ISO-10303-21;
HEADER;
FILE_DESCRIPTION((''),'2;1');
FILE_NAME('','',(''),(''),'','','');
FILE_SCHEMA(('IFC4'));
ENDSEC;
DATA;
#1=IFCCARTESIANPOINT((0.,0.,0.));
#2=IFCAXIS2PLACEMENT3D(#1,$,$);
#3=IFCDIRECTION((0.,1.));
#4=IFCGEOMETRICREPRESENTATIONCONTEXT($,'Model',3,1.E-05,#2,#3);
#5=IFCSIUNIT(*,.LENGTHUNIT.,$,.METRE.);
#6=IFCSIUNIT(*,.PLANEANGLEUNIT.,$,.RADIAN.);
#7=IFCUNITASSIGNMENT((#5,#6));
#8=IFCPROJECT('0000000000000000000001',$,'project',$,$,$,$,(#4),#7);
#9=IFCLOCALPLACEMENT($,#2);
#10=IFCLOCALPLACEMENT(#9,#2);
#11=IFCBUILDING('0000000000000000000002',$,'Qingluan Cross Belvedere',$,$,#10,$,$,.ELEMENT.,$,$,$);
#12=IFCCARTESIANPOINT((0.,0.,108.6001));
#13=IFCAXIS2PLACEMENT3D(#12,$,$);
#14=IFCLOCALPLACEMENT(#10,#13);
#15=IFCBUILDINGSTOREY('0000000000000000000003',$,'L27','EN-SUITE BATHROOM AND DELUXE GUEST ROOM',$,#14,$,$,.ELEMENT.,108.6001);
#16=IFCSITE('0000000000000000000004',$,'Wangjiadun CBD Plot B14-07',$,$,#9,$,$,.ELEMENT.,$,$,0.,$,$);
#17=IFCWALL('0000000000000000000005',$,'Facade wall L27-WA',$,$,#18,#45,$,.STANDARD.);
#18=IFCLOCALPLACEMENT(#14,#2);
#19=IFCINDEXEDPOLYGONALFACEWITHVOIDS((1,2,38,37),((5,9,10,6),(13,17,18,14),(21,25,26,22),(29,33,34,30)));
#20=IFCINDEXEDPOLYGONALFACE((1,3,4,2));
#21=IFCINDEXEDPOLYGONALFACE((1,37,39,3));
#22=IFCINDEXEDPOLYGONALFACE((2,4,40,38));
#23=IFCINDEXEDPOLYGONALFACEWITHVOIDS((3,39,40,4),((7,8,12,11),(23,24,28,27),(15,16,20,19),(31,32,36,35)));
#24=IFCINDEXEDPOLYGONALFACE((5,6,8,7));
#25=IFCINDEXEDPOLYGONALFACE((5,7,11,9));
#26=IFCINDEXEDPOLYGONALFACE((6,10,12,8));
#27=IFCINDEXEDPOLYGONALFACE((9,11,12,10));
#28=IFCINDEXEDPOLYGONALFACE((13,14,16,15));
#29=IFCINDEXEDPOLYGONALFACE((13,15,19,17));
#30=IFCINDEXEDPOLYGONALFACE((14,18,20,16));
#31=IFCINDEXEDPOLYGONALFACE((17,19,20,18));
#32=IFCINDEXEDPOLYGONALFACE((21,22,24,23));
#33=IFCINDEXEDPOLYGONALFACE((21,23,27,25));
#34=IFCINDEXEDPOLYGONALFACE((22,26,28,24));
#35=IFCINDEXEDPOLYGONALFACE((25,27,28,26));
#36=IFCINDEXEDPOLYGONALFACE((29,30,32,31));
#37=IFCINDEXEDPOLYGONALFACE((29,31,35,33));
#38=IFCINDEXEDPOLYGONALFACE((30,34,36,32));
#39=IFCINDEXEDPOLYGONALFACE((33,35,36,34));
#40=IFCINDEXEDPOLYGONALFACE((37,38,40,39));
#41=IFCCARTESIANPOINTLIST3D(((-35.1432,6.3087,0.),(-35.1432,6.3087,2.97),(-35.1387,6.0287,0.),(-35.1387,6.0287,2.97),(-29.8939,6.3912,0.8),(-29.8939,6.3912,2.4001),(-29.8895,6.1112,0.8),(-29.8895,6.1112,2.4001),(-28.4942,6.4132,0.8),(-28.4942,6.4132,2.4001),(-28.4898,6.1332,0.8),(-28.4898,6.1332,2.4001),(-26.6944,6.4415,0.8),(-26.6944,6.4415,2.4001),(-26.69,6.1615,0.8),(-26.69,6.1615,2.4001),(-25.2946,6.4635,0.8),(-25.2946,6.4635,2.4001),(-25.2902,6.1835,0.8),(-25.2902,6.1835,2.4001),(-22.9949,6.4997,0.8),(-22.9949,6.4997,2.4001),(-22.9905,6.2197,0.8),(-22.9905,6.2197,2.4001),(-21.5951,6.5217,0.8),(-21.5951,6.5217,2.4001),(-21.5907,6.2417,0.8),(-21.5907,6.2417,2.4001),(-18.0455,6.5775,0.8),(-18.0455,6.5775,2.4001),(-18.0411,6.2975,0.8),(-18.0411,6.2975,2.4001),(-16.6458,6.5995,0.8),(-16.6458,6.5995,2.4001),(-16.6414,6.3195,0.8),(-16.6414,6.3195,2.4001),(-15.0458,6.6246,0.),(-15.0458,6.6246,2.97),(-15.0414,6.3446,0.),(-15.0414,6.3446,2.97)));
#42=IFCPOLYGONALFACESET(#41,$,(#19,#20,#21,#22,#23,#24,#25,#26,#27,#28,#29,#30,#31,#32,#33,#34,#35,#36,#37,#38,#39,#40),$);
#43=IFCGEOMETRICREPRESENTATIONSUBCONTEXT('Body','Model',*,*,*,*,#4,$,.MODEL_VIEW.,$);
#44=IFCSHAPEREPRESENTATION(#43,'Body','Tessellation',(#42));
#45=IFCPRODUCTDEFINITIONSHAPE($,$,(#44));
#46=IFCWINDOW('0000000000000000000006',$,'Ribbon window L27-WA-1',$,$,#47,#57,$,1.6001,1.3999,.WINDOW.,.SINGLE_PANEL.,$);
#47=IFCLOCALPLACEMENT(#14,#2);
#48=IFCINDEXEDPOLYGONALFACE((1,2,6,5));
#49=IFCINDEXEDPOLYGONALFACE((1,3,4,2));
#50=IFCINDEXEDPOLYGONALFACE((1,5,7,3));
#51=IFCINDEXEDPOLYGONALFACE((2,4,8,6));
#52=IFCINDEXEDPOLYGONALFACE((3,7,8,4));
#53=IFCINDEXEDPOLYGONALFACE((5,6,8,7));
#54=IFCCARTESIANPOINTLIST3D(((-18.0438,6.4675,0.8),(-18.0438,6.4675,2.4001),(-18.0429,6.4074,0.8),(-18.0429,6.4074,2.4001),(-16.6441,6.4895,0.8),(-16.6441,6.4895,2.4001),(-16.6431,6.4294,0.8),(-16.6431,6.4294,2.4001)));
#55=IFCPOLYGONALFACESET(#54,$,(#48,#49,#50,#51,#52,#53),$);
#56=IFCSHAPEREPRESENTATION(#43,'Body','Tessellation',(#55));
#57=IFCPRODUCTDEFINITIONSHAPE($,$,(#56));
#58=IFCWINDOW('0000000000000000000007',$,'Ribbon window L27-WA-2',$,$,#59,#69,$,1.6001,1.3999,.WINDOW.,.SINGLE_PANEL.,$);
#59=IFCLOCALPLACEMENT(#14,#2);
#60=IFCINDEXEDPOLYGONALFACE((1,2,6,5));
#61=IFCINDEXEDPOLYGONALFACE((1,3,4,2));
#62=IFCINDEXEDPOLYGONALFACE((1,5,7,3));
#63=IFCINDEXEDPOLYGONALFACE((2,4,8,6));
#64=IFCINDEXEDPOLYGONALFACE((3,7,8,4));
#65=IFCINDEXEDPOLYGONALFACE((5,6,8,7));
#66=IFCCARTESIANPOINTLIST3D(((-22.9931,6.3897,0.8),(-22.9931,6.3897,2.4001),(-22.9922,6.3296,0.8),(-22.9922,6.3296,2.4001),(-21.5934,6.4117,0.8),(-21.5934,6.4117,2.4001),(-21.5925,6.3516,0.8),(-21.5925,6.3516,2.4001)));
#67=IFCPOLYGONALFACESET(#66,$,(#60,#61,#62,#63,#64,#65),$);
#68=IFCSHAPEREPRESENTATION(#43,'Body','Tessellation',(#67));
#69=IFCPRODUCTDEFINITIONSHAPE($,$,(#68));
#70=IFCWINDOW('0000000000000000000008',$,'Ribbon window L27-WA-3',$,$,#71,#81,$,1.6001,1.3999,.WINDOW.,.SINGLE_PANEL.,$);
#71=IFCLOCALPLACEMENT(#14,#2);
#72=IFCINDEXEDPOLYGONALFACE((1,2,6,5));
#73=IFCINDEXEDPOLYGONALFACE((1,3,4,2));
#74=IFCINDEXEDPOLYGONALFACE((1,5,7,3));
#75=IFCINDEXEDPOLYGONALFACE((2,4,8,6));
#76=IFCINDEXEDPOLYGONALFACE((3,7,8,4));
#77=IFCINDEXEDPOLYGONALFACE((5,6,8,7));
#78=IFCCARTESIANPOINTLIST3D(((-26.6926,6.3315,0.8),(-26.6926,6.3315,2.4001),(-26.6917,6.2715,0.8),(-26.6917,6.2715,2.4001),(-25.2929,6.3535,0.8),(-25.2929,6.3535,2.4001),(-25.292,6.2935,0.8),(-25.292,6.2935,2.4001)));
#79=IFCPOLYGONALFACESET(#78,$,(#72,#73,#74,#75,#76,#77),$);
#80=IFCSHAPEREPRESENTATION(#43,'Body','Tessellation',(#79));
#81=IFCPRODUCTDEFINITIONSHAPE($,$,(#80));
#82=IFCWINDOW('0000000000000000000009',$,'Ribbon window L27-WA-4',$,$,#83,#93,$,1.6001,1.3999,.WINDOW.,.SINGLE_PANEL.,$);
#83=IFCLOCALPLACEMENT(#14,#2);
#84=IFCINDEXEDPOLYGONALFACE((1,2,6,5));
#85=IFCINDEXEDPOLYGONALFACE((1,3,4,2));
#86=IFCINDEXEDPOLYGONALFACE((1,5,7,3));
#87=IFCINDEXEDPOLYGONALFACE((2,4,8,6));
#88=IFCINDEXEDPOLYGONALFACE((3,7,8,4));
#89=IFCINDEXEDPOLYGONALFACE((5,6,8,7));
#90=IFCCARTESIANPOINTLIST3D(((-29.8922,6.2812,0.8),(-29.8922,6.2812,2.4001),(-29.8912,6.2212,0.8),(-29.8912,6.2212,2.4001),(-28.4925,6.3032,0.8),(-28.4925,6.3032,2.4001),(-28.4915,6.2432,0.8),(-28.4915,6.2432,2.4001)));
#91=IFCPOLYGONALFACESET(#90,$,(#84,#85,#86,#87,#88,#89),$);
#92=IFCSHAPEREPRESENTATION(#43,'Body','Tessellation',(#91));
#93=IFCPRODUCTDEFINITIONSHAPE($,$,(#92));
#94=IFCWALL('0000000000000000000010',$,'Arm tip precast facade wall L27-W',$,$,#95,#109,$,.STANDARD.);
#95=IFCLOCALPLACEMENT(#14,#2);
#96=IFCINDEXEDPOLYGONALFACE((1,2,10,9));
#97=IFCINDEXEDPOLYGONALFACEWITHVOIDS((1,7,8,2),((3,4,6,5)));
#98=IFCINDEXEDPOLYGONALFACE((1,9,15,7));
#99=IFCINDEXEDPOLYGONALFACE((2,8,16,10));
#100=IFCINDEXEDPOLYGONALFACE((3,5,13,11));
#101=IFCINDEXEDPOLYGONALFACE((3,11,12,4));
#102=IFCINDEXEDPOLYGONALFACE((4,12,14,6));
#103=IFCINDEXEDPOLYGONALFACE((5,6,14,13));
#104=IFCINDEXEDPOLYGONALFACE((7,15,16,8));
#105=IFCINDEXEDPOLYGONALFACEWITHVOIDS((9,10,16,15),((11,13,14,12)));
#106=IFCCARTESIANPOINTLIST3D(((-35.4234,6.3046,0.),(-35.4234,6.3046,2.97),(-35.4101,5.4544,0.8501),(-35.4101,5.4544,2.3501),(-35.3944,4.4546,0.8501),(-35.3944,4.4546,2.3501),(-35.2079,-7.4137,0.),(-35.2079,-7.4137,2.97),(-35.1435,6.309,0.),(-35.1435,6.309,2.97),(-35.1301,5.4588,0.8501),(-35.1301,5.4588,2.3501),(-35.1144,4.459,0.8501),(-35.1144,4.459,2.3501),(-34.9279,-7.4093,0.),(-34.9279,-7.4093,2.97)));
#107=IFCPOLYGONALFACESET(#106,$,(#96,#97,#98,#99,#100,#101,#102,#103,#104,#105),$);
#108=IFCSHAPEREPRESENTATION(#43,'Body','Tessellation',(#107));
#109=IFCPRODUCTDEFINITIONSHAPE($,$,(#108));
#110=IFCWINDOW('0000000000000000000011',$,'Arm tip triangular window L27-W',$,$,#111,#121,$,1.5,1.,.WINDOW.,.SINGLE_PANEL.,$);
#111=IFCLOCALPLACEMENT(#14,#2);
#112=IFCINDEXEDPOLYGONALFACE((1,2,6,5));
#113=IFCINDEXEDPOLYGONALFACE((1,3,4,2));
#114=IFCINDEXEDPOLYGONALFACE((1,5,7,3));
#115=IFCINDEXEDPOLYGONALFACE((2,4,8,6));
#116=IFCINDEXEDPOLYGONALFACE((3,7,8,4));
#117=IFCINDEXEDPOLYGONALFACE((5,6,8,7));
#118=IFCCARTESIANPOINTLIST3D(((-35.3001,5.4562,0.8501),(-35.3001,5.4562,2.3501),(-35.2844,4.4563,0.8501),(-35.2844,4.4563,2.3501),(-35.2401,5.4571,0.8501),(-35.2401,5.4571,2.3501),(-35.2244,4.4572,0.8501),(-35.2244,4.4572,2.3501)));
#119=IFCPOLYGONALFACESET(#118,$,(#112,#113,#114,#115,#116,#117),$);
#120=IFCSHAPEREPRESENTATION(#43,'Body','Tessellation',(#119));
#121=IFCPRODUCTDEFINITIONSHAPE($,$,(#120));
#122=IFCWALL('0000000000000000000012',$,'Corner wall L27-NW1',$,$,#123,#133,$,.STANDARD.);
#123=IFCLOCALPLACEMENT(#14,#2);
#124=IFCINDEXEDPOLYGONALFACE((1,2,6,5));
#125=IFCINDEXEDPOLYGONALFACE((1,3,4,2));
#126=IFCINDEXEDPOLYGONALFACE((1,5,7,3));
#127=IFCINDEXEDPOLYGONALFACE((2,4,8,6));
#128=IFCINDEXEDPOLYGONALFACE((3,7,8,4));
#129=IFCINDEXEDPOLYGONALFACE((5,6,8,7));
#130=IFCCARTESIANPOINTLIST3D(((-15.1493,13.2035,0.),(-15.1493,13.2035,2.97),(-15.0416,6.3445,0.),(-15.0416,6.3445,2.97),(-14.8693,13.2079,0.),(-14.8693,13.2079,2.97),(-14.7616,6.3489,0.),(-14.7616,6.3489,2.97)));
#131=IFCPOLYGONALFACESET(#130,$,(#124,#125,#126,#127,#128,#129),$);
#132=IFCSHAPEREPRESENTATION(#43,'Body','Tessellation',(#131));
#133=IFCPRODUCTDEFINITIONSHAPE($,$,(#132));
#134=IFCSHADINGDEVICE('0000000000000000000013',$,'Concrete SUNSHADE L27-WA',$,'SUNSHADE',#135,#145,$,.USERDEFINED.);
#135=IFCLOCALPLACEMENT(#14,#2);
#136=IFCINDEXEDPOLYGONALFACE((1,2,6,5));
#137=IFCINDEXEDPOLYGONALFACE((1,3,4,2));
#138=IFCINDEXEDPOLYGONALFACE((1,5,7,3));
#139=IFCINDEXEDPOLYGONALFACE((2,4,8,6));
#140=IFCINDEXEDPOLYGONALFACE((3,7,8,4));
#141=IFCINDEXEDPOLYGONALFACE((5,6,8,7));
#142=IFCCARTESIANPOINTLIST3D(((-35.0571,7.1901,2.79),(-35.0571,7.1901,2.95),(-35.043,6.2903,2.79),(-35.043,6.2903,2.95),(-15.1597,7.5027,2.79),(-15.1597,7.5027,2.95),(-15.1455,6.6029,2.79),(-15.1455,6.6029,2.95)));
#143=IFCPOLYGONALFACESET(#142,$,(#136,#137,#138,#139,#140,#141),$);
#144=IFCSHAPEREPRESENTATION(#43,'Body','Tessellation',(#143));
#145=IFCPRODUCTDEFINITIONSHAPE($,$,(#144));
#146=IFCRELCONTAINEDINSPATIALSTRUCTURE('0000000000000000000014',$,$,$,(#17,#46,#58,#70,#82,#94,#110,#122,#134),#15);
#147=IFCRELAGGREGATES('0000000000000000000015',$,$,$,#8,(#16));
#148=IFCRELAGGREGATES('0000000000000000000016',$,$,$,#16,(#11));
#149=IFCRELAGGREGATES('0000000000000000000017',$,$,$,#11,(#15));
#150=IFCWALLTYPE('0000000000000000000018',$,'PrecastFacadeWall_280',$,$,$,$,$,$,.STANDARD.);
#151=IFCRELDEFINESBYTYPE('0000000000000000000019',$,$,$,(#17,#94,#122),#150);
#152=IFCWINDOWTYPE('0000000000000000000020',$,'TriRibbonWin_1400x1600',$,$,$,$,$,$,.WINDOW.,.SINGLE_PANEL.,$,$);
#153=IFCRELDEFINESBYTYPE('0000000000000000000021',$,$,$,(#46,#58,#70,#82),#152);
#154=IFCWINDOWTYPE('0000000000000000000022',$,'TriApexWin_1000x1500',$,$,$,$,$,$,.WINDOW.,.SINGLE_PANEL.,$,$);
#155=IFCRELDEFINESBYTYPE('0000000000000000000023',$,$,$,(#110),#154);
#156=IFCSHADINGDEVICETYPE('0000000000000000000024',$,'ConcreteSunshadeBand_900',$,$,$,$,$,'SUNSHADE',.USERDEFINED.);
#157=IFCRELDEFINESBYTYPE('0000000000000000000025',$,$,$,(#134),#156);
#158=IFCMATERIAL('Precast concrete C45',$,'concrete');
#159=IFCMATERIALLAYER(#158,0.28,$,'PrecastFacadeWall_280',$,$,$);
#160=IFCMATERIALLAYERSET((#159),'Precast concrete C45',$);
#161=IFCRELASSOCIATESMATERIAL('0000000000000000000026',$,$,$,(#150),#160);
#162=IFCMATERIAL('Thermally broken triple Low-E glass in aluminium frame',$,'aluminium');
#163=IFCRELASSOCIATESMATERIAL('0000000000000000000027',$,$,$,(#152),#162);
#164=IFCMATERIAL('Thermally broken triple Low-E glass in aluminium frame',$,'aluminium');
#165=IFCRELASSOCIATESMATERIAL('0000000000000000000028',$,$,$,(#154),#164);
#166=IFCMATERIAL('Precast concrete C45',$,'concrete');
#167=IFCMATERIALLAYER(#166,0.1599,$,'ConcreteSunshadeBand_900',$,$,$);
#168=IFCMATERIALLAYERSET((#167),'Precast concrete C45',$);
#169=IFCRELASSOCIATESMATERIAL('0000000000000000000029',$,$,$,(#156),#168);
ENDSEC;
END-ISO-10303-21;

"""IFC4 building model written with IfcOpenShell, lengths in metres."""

from ifc_helpers import new_model, si_unit, direction, frame, frame_2d, origin, origin_2d, place, context, subcontext, project, spatial, rectangle, extrude, material, layer, layer_set, type_object, element, fill, save


model = new_model("IFC4")

# Units and contexts
model_context = context("Model", 3, precision=1e-05, world=origin(), true_north=direction((0.0, 1.0)))
body_context = subcontext(model_context, "Body", "Model", "MODEL_VIEW")
ifc_project = project(units=[si_unit("LENGTHUNIT", "METRE"), si_unit("PLANEANGLEUNIT", "RADIAN")], contexts=[model_context])

# Site, building, storey
site_placement = place(None, origin())
site = spatial("IfcSite", under=ifc_project, at=site_placement, Name="Wangjiadun CBD Plot B14-07", CompositionType="ELEMENT", RefElevation=0.0)
building_placement = place(site_placement, origin())
building = spatial("IfcBuilding", under=site, at=building_placement, Name="Qingluan Cross Belvedere", CompositionType="ELEMENT")
storey_placement = place(building_placement, frame((0.0, 0.0, 108.6001)))
storey = spatial("IfcBuildingStorey", under=building, at=storey_placement, Name="L27", Description="EN-SUITE BATHROOM AND DELUXE GUEST ROOM", CompositionType="ELEMENT", Elevation=108.6001)

# Wall, openings, windows
ifc_material_1 = material(Name="Precast concrete C45", Category="concrete")
ifc_layer_1 = layer(ifc_material_1, 0.28, Name="PrecastFacadeWall_280")
ifc_layer_set_1 = layer_set([ifc_layer_1], Name="Precast concrete C45")
wall_type_1 = type_object("IfcWallType", Name="PrecastFacadeWall_280", PredefinedType="STANDARD", material=ifc_layer_set_1)
wall_1_placement = place(storey_placement, frame((-15.0437, 6.4846, 0.0), z_axis=(0.0, 0.0, 1.0), x_axis=(-0.999876, -0.015717, 0.0)))
wall_1 = element("IfcWall", 1, at=wall_1_placement, inside=storey, type_object=wall_type_1, Name="Facade wall L27-WA", PredefinedType="STANDARD", context=body_context, shape_type="SweptSolid", body=[
    extrude(rectangle(XDim=20.0999, YDim=0.28, at=frame_2d((10.0498, 0.0))), origin(), (0.0, 0.0, 1.0), 2.97),
])
opening_1_placement = place(wall_1_placement, frame((1.6001, 0.0, 0.8)))
opening_1 = element("IfcOpeningElement", 2, at=opening_1_placement, cuts=wall_1, PredefinedType="OPENING", context=body_context, shape_type="SweptSolid", body=[
    extrude(rectangle(XDim=1.3999, YDim=1.6001, at=frame_2d((0.7, 0.8))), frame((0.0, 0.1499, 0.0), z_axis=(0.0, -1.0, 0.0), x_axis=(1.0, 0.0, 0.0)), (0.0, 0.0, 1.0), 0.3),
])
opening_2_placement = place(wall_1_placement, frame((6.55, 0.0, 0.8)))
opening_2 = element("IfcOpeningElement", 3, at=opening_2_placement, cuts=wall_1, PredefinedType="OPENING", context=body_context, shape_type="SweptSolid", body=[
    extrude(rectangle(XDim=1.3999, YDim=1.6001, at=frame_2d((0.7, 0.8))), frame((0.0, 0.1499, 0.0), z_axis=(0.0, -1.0, 0.0), x_axis=(1.0, 0.0, 0.0)), (0.0, 0.0, 1.0), 0.3),
])
opening_3_placement = place(wall_1_placement, frame((10.25, 0.0, 0.8)))
opening_3 = element("IfcOpeningElement", 4, at=opening_3_placement, cuts=wall_1, PredefinedType="OPENING", context=body_context, shape_type="SweptSolid", body=[
    extrude(rectangle(XDim=1.3999, YDim=1.6001, at=frame_2d((0.7, 0.8))), frame((0.0, 0.1499, 0.0), z_axis=(0.0, -1.0, 0.0), x_axis=(1.0, 0.0, 0.0)), (0.0, 0.0, 1.0), 0.3),
])
opening_4_placement = place(wall_1_placement, frame((13.45, 0.0, 0.8)))
opening_4 = element("IfcOpeningElement", 5, at=opening_4_placement, cuts=wall_1, PredefinedType="OPENING", context=body_context, shape_type="SweptSolid", body=[
    extrude(rectangle(XDim=1.3999, YDim=1.6001, at=frame_2d((0.7, 0.8))), frame((0.0, 0.1499, 0.0), z_axis=(0.0, -1.0, 0.0), x_axis=(1.0, 0.0, 0.0)), (0.0, 0.0, 1.0), 0.3),
])
ifc_material_2 = material(Name="Thermally broken triple Low-E glass in aluminium frame", Category="aluminium")
window_type_1 = type_object("IfcWindowType", Name="TriRibbonWin_1400x1600", PartitioningType="SINGLE_PANEL", PredefinedType="WINDOW", material=ifc_material_2)
window_1_placement = place(opening_1_placement, origin())
window_1 = element("IfcWindow", 6, at=window_1_placement, inside=storey, type_object=window_type_1, Name="Ribbon window L27-WA-1", OverallHeight=1.6001, OverallWidth=1.3999, PartitioningType="SINGLE_PANEL", PredefinedType="WINDOW", context=body_context, shape_type="SweptSolid", body=[
    extrude(rectangle(XDim=1.3999, YDim=1.6001, at=frame_2d((0.7, 0.8))), frame((0.0, 0.03, 0.0), z_axis=(0.0, -1.0, 0.0), x_axis=(1.0, 0.0, 0.0)), (0.0, 0.0, 1.0), 0.0601),
])
fill(opening_1, window_1)
window_2_placement = place(opening_2_placement, origin())
window_2 = element("IfcWindow", 7, at=window_2_placement, inside=storey, type_object=window_type_1, Name="Ribbon window L27-WA-2", OverallHeight=1.6001, OverallWidth=1.3999, PartitioningType="SINGLE_PANEL", PredefinedType="WINDOW", context=body_context, shape_type="SweptSolid", body=[
    extrude(rectangle(XDim=1.3999, YDim=1.6001, at=frame_2d((0.7, 0.8))), frame((0.0, 0.03, 0.0), z_axis=(0.0, -1.0, 0.0), x_axis=(1.0, 0.0, 0.0)), (0.0, 0.0, 1.0), 0.0601),
])
fill(opening_2, window_2)
window_3_placement = place(opening_3_placement, origin())
window_3 = element("IfcWindow", 8, at=window_3_placement, inside=storey, type_object=window_type_1, Name="Ribbon window L27-WA-3", OverallHeight=1.6001, OverallWidth=1.3999, PartitioningType="SINGLE_PANEL", PredefinedType="WINDOW", context=body_context, shape_type="SweptSolid", body=[
    extrude(rectangle(XDim=1.3999, YDim=1.6001, at=frame_2d((0.7, 0.8))), frame((0.0, 0.03, 0.0), z_axis=(0.0, -1.0, 0.0), x_axis=(1.0, 0.0, 0.0)), (0.0, 0.0, 1.0), 0.0601),
])
fill(opening_3, window_3)
window_4_placement = place(opening_4_placement, origin())
window_4 = element("IfcWindow", 9, at=window_4_placement, inside=storey, type_object=window_type_1, Name="Ribbon window L27-WA-4", OverallHeight=1.6001, OverallWidth=1.3999, PartitioningType="SINGLE_PANEL", PredefinedType="WINDOW", context=body_context, shape_type="SweptSolid", body=[
    extrude(rectangle(XDim=1.3999, YDim=1.6001, at=frame_2d((0.7, 0.8))), frame((0.0, 0.03, 0.0), z_axis=(0.0, -1.0, 0.0), x_axis=(1.0, 0.0, 0.0)), (0.0, 0.0, 1.0), 0.0601),
])
fill(opening_4, window_4)

# Wall, opening, window
wall_2_placement = place(storey_placement, frame((-35.2834, 6.3066, 0.0), z_axis=(0.0, 0.0, 1.0), x_axis=(0.015713, -0.999877, 0.0)))
wall_2 = element("IfcWall", 10, at=wall_2_placement, inside=storey, type_object=wall_type_1, Name="Arm tip precast facade wall L27-W", PredefinedType="STANDARD", context=body_context, shape_type="SweptSolid", body=[
    extrude(rectangle(XDim=13.72, YDim=0.28, at=frame_2d((6.8599, 0.0))), origin(), (0.0, 0.0, 1.0), 2.97),
])
opening_5_placement = place(wall_2_placement, frame((0.8501, 0.0, 0.8501)))
opening_5 = element("IfcOpeningElement", 11, at=opening_5_placement, cuts=wall_2, PredefinedType="OPENING", context=body_context, shape_type="SweptSolid", body=[
    extrude(rectangle(XDim=1.0, YDim=1.5, at=frame_2d((0.5, 0.75))), frame((0.0, 0.1499, 0.0), z_axis=(0.0, -1.0, 0.0), x_axis=(1.0, 0.0, 0.0)), (0.0, 0.0, 1.0), 0.3),
])
ifc_material_3 = material(Name="Thermally broken triple Low-E glass in aluminium frame", Category="aluminium")
window_type_2 = type_object("IfcWindowType", Name="TriApexWin_1000x1500", PartitioningType="SINGLE_PANEL", PredefinedType="WINDOW", material=ifc_material_3)
window_5_placement = place(opening_5_placement, origin())
window_5 = element("IfcWindow", 12, at=window_5_placement, inside=storey, type_object=window_type_2, Name="Arm tip triangular window L27-W", OverallHeight=1.5, OverallWidth=1.0, PartitioningType="SINGLE_PANEL", PredefinedType="WINDOW", context=body_context, shape_type="SweptSolid", body=[
    extrude(rectangle(XDim=1.0, YDim=1.5, at=frame_2d((0.5, 0.75))), frame((0.0, 0.03, 0.0), z_axis=(0.0, -1.0, 0.0), x_axis=(1.0, 0.0, 0.0)), (0.0, 0.0, 1.0), 0.0601),
])
fill(opening_5, window_5)

# Wall
wall_3_placement = place(storey_placement, frame((-14.9016, 6.3467, 0.0), z_axis=(0.0, 0.0, 1.0), x_axis=(-0.015695, 0.999877, 0.0)))
element("IfcWall", 13, at=wall_3_placement, inside=storey, type_object=wall_type_1, Name="Corner wall L27-NW1", PredefinedType="STANDARD", context=body_context, shape_type="SweptSolid", body=[
    extrude(rectangle(XDim=6.8599, YDim=0.28, at=frame_2d((3.4299, 0.0))), origin(), (0.0, 0.0, 1.0), 2.97),
])

# Shading device
ifc_material_4 = material(Name="Precast concrete C45", Category="concrete")
ifc_layer_2 = layer(ifc_material_4, 0.1599, Name="ConcreteSunshadeBand_900")
ifc_layer_set_2 = layer_set([ifc_layer_2], Name="Precast concrete C45")
shading_device_type = type_object("IfcShadingDeviceType", Name="ConcreteSunshadeBand_900", ElementType="SUNSHADE", PredefinedType="USERDEFINED", material=ifc_layer_set_2)
shading_device_placement = place(storey_placement, frame((-25.1013, 6.8965, 2.79), z_axis=(0.0, 0.0, 1.0), x_axis=(-0.999877, -0.015706, 0.0)))
element("IfcShadingDevice", 14, at=shading_device_placement, inside=storey, type_object=shading_device_type, Name="Concrete SUNSHADE L27-WA", ObjectType="SUNSHADE", PredefinedType="USERDEFINED", context=body_context, shape_type="SweptSolid", body=[
    extrude(rectangle(XDim=19.8999, YDim=0.8999, at=origin_2d()), origin(), (0.0, 0.0, 1.0), 0.1599),
])

save(model, "model.ifc")
